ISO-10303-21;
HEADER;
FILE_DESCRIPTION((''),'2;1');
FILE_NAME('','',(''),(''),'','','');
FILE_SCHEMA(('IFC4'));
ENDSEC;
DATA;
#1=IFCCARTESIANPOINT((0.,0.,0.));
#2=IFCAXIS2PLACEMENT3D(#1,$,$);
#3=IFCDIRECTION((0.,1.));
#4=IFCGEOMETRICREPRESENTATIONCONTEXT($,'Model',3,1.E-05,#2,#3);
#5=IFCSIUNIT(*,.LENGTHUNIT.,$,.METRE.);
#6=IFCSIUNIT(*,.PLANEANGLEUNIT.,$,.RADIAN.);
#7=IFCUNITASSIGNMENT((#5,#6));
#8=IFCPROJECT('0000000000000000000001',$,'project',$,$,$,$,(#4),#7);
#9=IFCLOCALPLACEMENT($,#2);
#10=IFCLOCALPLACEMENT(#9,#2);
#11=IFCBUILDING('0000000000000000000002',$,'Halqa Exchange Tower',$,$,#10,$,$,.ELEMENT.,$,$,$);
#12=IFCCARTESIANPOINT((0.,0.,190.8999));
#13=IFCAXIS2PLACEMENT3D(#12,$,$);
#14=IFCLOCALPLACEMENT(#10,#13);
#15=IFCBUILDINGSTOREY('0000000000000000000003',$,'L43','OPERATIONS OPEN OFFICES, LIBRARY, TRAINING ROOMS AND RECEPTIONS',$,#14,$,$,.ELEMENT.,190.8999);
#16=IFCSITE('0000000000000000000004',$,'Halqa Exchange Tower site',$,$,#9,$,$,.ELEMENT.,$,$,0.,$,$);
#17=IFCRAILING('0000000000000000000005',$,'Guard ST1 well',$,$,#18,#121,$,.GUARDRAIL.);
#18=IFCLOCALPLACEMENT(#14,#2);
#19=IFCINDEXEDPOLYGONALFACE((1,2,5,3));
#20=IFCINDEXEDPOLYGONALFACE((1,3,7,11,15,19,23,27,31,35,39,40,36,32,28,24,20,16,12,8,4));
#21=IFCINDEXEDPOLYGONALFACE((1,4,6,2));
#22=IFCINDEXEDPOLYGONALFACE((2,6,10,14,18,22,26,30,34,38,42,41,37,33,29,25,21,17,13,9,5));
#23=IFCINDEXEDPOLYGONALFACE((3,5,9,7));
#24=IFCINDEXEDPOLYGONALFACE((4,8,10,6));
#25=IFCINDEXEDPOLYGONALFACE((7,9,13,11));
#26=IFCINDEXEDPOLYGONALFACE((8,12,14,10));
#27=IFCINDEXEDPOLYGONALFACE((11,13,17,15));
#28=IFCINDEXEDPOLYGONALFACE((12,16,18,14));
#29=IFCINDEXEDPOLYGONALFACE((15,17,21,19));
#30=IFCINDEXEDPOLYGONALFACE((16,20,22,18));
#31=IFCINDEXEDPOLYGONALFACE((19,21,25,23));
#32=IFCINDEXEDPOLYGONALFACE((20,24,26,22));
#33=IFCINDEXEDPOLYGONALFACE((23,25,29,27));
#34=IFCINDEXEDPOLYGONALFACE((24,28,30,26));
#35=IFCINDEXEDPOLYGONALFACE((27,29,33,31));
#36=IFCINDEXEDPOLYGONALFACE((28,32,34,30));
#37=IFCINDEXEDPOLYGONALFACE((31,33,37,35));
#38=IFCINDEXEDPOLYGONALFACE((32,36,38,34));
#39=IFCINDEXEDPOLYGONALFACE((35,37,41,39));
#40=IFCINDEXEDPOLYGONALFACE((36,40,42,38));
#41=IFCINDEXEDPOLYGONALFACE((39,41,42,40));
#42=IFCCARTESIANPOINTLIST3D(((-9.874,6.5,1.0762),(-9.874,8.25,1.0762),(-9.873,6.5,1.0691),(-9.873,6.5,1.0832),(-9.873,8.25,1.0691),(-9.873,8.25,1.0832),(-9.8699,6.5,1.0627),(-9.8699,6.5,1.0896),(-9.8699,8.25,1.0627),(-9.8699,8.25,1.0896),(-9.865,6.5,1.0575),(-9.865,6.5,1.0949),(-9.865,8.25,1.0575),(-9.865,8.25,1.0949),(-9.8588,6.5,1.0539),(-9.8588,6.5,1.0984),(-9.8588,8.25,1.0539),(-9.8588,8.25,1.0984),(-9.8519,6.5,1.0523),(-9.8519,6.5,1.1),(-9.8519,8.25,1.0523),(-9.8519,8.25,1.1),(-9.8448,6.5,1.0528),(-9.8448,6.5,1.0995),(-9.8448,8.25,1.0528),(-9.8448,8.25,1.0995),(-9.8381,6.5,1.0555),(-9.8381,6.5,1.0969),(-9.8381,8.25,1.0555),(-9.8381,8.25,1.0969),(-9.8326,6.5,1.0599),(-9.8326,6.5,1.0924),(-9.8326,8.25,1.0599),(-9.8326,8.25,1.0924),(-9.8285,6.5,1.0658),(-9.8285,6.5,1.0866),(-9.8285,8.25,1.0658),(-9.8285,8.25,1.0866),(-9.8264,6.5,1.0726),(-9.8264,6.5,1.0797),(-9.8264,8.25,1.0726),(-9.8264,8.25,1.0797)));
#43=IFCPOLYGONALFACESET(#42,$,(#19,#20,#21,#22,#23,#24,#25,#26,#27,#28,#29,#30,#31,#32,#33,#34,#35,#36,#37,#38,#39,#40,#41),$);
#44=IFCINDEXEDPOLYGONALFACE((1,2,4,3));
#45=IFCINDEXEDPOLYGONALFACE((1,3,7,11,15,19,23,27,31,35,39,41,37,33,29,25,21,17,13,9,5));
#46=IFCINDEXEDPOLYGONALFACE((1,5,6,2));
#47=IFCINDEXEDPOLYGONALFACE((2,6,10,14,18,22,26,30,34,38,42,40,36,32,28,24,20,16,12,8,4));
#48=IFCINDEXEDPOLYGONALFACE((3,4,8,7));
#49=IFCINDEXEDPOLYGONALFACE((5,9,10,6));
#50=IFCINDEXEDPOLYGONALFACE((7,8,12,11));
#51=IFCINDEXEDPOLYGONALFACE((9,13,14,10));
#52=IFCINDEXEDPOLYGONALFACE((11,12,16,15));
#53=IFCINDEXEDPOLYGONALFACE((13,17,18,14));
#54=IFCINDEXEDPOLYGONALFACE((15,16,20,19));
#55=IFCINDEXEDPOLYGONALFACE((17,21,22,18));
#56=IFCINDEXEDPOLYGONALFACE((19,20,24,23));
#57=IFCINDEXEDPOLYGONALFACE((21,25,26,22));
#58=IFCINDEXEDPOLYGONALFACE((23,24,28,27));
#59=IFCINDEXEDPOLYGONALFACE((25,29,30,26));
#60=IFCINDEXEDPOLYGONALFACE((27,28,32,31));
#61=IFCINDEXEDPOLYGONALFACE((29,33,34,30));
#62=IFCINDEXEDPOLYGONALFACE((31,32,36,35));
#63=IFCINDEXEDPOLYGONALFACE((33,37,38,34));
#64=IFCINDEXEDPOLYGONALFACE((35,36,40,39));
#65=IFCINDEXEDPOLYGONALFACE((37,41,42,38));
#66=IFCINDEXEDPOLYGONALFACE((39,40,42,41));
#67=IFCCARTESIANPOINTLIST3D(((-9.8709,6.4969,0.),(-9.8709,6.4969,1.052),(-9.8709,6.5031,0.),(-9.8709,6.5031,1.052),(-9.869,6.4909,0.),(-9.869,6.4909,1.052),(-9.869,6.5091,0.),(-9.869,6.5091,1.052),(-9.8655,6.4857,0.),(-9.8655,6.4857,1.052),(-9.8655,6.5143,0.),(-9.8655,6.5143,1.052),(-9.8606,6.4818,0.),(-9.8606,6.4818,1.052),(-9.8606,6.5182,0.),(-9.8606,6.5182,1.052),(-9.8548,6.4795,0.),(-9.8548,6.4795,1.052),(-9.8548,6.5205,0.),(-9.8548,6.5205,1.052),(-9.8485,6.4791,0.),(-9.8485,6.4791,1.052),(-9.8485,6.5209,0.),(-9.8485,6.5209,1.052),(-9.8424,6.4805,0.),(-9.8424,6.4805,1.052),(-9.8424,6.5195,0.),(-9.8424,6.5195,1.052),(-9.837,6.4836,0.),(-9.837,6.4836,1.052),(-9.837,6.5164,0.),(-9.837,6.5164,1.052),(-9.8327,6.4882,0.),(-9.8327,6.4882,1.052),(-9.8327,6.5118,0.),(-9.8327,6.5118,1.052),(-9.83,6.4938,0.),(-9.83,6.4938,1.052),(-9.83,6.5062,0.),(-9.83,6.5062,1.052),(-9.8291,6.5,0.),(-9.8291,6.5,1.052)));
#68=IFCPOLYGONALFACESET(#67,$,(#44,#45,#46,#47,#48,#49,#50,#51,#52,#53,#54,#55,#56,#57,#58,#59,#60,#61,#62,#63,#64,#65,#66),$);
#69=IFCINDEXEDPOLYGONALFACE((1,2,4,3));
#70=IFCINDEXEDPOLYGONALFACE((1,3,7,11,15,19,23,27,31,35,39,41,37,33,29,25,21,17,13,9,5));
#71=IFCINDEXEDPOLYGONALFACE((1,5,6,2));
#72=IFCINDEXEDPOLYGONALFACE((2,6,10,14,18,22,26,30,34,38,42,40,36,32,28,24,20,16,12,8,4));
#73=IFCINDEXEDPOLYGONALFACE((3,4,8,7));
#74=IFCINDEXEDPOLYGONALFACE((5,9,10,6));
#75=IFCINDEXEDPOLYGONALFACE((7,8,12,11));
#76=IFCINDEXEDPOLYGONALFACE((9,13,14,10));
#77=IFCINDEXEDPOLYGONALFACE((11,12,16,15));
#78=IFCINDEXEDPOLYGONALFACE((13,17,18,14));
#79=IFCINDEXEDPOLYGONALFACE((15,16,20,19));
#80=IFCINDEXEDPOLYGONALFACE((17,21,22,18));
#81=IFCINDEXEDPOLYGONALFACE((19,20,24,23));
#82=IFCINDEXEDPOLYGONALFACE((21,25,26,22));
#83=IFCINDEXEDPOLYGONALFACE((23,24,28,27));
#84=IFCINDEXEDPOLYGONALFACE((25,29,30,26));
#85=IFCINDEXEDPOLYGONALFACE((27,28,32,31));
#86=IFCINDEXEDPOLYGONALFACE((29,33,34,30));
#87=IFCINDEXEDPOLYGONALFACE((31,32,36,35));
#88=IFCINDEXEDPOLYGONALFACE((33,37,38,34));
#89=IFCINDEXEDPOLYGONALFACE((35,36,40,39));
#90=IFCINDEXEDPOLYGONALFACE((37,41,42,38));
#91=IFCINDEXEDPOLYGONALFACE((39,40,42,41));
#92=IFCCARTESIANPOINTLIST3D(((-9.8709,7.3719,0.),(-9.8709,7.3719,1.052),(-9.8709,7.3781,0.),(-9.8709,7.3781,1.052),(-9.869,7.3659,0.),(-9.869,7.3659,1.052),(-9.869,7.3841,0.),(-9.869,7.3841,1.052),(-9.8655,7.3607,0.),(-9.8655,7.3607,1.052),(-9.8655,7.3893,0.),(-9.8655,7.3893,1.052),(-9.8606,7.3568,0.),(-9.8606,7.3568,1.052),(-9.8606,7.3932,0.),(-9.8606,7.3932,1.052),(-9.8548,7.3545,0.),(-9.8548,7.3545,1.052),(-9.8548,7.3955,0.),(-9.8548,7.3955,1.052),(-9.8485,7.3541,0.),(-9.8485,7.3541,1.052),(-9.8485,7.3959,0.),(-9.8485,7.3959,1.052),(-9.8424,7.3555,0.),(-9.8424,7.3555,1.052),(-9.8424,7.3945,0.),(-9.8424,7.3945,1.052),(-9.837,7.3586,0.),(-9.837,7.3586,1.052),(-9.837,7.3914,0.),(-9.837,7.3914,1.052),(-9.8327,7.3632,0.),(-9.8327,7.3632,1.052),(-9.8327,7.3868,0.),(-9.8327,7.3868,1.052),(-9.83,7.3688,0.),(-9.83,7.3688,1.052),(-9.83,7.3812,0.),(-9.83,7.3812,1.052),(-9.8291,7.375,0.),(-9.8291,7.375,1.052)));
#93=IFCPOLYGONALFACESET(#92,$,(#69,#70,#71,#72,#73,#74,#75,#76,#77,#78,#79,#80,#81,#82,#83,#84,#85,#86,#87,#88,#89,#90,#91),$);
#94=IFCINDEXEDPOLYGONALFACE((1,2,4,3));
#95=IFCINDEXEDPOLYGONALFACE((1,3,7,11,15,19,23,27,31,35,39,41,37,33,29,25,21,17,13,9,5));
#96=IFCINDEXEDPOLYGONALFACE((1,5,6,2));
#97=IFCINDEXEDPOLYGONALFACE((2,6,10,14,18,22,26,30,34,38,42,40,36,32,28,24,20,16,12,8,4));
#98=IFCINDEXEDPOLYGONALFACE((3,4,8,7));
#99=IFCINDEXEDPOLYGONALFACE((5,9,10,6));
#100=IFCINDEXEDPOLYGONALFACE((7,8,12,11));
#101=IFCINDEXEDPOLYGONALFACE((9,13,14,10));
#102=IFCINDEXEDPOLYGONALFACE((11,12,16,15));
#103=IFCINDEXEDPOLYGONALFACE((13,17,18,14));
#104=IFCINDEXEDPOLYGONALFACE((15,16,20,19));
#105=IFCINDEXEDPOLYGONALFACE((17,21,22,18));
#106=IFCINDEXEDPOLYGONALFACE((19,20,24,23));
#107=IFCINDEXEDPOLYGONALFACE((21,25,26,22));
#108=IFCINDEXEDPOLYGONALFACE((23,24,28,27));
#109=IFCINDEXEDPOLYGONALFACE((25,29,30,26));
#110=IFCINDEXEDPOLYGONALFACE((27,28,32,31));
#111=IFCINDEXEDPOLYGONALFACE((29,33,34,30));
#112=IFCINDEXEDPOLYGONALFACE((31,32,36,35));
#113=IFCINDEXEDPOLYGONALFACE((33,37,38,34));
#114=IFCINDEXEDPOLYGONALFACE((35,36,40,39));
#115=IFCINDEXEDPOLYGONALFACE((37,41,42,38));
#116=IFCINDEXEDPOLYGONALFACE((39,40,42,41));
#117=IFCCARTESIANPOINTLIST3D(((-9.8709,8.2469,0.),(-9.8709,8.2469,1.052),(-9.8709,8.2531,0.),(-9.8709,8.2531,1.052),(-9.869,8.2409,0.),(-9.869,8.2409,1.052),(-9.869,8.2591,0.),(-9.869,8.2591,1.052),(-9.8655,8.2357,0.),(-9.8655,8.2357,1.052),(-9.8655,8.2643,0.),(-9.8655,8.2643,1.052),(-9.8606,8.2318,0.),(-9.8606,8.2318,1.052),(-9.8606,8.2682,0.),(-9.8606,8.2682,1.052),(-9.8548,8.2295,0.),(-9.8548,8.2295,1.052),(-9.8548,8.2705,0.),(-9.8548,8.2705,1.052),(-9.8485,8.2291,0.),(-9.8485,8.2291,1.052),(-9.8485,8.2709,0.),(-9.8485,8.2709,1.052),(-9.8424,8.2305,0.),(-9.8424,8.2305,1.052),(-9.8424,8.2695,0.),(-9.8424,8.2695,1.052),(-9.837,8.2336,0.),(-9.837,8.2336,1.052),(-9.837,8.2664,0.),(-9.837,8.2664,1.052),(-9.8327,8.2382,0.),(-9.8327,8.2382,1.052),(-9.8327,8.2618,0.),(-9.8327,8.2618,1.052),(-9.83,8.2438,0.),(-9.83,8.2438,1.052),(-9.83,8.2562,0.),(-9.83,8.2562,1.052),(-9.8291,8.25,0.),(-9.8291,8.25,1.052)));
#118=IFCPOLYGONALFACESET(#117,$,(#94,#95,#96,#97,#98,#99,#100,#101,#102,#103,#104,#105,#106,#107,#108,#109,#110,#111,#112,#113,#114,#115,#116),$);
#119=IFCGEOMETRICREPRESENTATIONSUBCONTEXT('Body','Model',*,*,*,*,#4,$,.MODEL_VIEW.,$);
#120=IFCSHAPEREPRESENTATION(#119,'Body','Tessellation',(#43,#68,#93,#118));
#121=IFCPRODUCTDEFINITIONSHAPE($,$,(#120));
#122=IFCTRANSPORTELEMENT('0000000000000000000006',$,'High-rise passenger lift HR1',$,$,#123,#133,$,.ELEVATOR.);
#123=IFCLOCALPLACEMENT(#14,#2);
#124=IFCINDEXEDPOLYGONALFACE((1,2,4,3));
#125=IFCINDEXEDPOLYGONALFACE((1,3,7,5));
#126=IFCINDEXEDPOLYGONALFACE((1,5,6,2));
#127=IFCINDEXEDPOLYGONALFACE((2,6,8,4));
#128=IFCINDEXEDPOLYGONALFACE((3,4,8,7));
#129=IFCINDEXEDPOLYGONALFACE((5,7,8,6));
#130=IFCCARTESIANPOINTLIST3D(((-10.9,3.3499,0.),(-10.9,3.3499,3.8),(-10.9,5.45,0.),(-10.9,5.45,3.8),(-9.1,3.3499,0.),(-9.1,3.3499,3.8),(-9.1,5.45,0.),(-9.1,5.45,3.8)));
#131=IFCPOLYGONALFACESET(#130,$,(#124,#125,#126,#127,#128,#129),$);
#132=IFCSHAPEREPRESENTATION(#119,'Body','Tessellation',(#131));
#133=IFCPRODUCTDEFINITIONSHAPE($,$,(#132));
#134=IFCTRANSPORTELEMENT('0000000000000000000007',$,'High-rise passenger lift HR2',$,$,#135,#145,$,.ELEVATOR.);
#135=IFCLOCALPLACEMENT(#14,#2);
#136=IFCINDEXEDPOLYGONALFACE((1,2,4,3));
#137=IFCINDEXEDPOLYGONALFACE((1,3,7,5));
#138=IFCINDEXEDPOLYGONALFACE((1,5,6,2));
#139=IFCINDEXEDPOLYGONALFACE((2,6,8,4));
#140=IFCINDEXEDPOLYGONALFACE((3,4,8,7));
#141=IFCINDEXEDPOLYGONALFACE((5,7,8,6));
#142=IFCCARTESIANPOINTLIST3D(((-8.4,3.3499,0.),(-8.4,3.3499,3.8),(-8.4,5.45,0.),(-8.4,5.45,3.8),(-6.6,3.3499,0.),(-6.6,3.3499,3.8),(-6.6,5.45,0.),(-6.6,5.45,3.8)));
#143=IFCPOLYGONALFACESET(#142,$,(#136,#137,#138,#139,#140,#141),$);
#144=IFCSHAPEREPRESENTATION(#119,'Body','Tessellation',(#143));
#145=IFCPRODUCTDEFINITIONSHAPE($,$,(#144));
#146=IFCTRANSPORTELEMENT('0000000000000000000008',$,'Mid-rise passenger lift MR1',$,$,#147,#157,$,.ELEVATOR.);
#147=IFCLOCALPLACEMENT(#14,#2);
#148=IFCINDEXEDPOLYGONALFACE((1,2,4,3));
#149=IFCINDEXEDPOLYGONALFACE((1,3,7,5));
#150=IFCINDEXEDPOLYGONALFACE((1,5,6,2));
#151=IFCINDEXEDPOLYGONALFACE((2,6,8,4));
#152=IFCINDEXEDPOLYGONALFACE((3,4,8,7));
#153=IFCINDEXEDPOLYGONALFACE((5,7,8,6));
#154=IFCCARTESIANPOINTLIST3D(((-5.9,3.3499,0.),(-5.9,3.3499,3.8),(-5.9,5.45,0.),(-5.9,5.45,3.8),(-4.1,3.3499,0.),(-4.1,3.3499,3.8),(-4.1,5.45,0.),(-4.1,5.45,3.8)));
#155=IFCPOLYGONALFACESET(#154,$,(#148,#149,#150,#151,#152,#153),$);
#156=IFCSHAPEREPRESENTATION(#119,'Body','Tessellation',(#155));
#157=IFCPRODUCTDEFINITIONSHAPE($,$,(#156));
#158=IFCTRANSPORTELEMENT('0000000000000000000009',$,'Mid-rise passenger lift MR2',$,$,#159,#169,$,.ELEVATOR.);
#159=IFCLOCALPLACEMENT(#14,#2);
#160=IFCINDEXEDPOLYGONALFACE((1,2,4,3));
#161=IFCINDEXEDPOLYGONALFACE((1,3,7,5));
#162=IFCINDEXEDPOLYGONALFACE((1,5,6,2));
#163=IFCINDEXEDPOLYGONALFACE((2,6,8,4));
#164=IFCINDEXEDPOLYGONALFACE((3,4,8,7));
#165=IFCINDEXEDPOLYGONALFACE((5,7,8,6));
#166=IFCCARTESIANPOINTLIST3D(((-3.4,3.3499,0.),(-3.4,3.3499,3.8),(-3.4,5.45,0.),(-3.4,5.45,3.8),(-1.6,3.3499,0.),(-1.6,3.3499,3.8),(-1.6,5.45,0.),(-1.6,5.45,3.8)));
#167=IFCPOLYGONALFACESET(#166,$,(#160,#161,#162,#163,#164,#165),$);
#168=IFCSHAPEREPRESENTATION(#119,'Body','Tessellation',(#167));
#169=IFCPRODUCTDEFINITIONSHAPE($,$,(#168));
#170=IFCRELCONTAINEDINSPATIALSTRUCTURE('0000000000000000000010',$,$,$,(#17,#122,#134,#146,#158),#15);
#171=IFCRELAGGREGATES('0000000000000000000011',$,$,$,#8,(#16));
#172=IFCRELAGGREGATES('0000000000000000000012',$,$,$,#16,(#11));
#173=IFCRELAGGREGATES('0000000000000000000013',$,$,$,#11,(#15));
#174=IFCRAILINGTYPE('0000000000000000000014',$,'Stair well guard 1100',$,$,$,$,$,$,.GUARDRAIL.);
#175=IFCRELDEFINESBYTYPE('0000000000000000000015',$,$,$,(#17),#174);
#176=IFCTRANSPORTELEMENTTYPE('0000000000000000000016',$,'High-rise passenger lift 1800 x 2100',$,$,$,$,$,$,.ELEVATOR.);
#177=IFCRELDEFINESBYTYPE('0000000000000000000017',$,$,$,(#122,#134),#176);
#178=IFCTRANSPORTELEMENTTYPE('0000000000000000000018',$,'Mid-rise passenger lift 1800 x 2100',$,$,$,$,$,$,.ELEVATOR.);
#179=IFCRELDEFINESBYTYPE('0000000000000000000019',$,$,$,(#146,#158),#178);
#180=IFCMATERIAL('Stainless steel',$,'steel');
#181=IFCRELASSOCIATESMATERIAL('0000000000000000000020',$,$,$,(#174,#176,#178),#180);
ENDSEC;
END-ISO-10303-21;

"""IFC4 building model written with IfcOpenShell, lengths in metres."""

from ifc_helpers import new_model, si_unit, direction, frame, origin, origin_2d, place, context, subcontext, project, spatial, rectangle, circle, extrude, material, type_object, element, save


model = new_model("IFC4")

# Units and contexts
model_context = context("Model", 3, precision=1e-05, world=origin(), true_north=direction((0.0, 1.0)))
body_context = subcontext(model_context, "Body", "Model", "MODEL_VIEW")
ifc_project = project(units=[si_unit("LENGTHUNIT", "METRE"), si_unit("PLANEANGLEUNIT", "RADIAN")], contexts=[model_context])

# Site, building, storey
site_placement = place(None, origin())
site = spatial("IfcSite", under=ifc_project, at=site_placement, Name="Halqa Exchange Tower site", CompositionType="ELEMENT", RefElevation=0.0)
building_placement = place(site_placement, origin())
building = spatial("IfcBuilding", under=site, at=building_placement, Name="Halqa Exchange Tower", CompositionType="ELEMENT")
storey_placement = place(building_placement, frame((0.0, 0.0, 190.8999)))
storey = spatial("IfcBuildingStorey", under=building, at=storey_placement, Name="L43", Description="OPERATIONS OPEN OFFICES, LIBRARY, TRAINING ROOMS AND RECEPTIONS", CompositionType="ELEMENT", Elevation=190.8999)

# Shared definitions
ifc_material_1 = material(Name="Stainless steel", Category="steel")

# Railing
railing_type_1 = type_object("IfcRailingType", Name="Stair well guard 1100", PredefinedType="GUARDRAIL", material=ifc_material_1)
railing_1_placement = place(storey_placement, frame((-9.8501, 6.5, 0.0)))
element("IfcRailing", 1, at=railing_1_placement, inside=storey, type_object=railing_type_1, Name="Guard ST1 well", PredefinedType="GUARDRAIL", context=body_context, shape_type="SweptSolid", body=[
    extrude(circle(Radius=0.0239, at=origin_2d()), frame((0.0, 0.0, 1.0762), z_axis=(0.0, 1.0, 0.0), x_axis=(-1.0, 0.0, 0.0)), (0.0, 0.0, 1.0), 1.75),
    extrude(circle(Radius=0.021, at=origin_2d()), origin(), (0.0, 0.0, 1.0), 1.052),
    extrude(circle(Radius=0.021, at=origin_2d()), frame((0.0, 0.875, 0.0)), (0.0, 0.0, 1.0), 1.052),
    extrude(circle(Radius=0.021, at=origin_2d()), frame((0.0, 1.75, 0.0)), (0.0, 0.0, 1.0), 1.052),
])

# Transport elements
transport_element_type_1 = type_object("IfcTransportElementType", Name="High-rise passenger lift 1800 x 2100", PredefinedType="ELEVATOR", material=ifc_material_1)
for number, where, z_axis, x_axis, name in (
    (2, (-10.0, 4.3999, 0.0), (0.0, 0.0, 1.0), (1.0, 0.0, 0.0), "High-rise passenger lift HR1"),
    (3, (-7.5, 4.3999, 0.0), (0.0, 0.0, 1.0), (1.0, 0.0, 0.0), "High-rise passenger lift HR2"),
):
    element("IfcTransportElement", number, at=place(storey_placement, frame(where, z_axis=z_axis, x_axis=x_axis)), inside=storey, type_object=transport_element_type_1, Name=name, PredefinedType="ELEVATOR", context=body_context, shape_type="SweptSolid", body=[
        extrude(rectangle(XDim=1.8, YDim=2.1001, at=origin_2d()), origin(), (0.0, 0.0, 1.0), 3.8),
    ])
transport_element_type_2 = type_object("IfcTransportElementType", Name="Mid-rise passenger lift 1800 x 2100", PredefinedType="ELEVATOR", material=ifc_material_1)
for number, where, z_axis, x_axis, name in (
    (4, (-5.0, 4.3999, 0.0), (0.0, 0.0, 1.0), (1.0, 0.0, 0.0), "Mid-rise passenger lift MR1"),
    (5, (-2.5, 4.3999, 0.0), (0.0, 0.0, 1.0), (1.0, 0.0, 0.0), "Mid-rise passenger lift MR2"),
):
    element("IfcTransportElement", number, at=place(storey_placement, frame(where, z_axis=z_axis, x_axis=x_axis)), inside=storey, type_object=transport_element_type_2, Name=name, PredefinedType="ELEVATOR", context=body_context, shape_type="SweptSolid", body=[
        extrude(rectangle(XDim=1.8, YDim=2.1001, at=origin_2d()), origin(), (0.0, 0.0, 1.0), 3.8),
    ])

save(model, "model.ifc")
